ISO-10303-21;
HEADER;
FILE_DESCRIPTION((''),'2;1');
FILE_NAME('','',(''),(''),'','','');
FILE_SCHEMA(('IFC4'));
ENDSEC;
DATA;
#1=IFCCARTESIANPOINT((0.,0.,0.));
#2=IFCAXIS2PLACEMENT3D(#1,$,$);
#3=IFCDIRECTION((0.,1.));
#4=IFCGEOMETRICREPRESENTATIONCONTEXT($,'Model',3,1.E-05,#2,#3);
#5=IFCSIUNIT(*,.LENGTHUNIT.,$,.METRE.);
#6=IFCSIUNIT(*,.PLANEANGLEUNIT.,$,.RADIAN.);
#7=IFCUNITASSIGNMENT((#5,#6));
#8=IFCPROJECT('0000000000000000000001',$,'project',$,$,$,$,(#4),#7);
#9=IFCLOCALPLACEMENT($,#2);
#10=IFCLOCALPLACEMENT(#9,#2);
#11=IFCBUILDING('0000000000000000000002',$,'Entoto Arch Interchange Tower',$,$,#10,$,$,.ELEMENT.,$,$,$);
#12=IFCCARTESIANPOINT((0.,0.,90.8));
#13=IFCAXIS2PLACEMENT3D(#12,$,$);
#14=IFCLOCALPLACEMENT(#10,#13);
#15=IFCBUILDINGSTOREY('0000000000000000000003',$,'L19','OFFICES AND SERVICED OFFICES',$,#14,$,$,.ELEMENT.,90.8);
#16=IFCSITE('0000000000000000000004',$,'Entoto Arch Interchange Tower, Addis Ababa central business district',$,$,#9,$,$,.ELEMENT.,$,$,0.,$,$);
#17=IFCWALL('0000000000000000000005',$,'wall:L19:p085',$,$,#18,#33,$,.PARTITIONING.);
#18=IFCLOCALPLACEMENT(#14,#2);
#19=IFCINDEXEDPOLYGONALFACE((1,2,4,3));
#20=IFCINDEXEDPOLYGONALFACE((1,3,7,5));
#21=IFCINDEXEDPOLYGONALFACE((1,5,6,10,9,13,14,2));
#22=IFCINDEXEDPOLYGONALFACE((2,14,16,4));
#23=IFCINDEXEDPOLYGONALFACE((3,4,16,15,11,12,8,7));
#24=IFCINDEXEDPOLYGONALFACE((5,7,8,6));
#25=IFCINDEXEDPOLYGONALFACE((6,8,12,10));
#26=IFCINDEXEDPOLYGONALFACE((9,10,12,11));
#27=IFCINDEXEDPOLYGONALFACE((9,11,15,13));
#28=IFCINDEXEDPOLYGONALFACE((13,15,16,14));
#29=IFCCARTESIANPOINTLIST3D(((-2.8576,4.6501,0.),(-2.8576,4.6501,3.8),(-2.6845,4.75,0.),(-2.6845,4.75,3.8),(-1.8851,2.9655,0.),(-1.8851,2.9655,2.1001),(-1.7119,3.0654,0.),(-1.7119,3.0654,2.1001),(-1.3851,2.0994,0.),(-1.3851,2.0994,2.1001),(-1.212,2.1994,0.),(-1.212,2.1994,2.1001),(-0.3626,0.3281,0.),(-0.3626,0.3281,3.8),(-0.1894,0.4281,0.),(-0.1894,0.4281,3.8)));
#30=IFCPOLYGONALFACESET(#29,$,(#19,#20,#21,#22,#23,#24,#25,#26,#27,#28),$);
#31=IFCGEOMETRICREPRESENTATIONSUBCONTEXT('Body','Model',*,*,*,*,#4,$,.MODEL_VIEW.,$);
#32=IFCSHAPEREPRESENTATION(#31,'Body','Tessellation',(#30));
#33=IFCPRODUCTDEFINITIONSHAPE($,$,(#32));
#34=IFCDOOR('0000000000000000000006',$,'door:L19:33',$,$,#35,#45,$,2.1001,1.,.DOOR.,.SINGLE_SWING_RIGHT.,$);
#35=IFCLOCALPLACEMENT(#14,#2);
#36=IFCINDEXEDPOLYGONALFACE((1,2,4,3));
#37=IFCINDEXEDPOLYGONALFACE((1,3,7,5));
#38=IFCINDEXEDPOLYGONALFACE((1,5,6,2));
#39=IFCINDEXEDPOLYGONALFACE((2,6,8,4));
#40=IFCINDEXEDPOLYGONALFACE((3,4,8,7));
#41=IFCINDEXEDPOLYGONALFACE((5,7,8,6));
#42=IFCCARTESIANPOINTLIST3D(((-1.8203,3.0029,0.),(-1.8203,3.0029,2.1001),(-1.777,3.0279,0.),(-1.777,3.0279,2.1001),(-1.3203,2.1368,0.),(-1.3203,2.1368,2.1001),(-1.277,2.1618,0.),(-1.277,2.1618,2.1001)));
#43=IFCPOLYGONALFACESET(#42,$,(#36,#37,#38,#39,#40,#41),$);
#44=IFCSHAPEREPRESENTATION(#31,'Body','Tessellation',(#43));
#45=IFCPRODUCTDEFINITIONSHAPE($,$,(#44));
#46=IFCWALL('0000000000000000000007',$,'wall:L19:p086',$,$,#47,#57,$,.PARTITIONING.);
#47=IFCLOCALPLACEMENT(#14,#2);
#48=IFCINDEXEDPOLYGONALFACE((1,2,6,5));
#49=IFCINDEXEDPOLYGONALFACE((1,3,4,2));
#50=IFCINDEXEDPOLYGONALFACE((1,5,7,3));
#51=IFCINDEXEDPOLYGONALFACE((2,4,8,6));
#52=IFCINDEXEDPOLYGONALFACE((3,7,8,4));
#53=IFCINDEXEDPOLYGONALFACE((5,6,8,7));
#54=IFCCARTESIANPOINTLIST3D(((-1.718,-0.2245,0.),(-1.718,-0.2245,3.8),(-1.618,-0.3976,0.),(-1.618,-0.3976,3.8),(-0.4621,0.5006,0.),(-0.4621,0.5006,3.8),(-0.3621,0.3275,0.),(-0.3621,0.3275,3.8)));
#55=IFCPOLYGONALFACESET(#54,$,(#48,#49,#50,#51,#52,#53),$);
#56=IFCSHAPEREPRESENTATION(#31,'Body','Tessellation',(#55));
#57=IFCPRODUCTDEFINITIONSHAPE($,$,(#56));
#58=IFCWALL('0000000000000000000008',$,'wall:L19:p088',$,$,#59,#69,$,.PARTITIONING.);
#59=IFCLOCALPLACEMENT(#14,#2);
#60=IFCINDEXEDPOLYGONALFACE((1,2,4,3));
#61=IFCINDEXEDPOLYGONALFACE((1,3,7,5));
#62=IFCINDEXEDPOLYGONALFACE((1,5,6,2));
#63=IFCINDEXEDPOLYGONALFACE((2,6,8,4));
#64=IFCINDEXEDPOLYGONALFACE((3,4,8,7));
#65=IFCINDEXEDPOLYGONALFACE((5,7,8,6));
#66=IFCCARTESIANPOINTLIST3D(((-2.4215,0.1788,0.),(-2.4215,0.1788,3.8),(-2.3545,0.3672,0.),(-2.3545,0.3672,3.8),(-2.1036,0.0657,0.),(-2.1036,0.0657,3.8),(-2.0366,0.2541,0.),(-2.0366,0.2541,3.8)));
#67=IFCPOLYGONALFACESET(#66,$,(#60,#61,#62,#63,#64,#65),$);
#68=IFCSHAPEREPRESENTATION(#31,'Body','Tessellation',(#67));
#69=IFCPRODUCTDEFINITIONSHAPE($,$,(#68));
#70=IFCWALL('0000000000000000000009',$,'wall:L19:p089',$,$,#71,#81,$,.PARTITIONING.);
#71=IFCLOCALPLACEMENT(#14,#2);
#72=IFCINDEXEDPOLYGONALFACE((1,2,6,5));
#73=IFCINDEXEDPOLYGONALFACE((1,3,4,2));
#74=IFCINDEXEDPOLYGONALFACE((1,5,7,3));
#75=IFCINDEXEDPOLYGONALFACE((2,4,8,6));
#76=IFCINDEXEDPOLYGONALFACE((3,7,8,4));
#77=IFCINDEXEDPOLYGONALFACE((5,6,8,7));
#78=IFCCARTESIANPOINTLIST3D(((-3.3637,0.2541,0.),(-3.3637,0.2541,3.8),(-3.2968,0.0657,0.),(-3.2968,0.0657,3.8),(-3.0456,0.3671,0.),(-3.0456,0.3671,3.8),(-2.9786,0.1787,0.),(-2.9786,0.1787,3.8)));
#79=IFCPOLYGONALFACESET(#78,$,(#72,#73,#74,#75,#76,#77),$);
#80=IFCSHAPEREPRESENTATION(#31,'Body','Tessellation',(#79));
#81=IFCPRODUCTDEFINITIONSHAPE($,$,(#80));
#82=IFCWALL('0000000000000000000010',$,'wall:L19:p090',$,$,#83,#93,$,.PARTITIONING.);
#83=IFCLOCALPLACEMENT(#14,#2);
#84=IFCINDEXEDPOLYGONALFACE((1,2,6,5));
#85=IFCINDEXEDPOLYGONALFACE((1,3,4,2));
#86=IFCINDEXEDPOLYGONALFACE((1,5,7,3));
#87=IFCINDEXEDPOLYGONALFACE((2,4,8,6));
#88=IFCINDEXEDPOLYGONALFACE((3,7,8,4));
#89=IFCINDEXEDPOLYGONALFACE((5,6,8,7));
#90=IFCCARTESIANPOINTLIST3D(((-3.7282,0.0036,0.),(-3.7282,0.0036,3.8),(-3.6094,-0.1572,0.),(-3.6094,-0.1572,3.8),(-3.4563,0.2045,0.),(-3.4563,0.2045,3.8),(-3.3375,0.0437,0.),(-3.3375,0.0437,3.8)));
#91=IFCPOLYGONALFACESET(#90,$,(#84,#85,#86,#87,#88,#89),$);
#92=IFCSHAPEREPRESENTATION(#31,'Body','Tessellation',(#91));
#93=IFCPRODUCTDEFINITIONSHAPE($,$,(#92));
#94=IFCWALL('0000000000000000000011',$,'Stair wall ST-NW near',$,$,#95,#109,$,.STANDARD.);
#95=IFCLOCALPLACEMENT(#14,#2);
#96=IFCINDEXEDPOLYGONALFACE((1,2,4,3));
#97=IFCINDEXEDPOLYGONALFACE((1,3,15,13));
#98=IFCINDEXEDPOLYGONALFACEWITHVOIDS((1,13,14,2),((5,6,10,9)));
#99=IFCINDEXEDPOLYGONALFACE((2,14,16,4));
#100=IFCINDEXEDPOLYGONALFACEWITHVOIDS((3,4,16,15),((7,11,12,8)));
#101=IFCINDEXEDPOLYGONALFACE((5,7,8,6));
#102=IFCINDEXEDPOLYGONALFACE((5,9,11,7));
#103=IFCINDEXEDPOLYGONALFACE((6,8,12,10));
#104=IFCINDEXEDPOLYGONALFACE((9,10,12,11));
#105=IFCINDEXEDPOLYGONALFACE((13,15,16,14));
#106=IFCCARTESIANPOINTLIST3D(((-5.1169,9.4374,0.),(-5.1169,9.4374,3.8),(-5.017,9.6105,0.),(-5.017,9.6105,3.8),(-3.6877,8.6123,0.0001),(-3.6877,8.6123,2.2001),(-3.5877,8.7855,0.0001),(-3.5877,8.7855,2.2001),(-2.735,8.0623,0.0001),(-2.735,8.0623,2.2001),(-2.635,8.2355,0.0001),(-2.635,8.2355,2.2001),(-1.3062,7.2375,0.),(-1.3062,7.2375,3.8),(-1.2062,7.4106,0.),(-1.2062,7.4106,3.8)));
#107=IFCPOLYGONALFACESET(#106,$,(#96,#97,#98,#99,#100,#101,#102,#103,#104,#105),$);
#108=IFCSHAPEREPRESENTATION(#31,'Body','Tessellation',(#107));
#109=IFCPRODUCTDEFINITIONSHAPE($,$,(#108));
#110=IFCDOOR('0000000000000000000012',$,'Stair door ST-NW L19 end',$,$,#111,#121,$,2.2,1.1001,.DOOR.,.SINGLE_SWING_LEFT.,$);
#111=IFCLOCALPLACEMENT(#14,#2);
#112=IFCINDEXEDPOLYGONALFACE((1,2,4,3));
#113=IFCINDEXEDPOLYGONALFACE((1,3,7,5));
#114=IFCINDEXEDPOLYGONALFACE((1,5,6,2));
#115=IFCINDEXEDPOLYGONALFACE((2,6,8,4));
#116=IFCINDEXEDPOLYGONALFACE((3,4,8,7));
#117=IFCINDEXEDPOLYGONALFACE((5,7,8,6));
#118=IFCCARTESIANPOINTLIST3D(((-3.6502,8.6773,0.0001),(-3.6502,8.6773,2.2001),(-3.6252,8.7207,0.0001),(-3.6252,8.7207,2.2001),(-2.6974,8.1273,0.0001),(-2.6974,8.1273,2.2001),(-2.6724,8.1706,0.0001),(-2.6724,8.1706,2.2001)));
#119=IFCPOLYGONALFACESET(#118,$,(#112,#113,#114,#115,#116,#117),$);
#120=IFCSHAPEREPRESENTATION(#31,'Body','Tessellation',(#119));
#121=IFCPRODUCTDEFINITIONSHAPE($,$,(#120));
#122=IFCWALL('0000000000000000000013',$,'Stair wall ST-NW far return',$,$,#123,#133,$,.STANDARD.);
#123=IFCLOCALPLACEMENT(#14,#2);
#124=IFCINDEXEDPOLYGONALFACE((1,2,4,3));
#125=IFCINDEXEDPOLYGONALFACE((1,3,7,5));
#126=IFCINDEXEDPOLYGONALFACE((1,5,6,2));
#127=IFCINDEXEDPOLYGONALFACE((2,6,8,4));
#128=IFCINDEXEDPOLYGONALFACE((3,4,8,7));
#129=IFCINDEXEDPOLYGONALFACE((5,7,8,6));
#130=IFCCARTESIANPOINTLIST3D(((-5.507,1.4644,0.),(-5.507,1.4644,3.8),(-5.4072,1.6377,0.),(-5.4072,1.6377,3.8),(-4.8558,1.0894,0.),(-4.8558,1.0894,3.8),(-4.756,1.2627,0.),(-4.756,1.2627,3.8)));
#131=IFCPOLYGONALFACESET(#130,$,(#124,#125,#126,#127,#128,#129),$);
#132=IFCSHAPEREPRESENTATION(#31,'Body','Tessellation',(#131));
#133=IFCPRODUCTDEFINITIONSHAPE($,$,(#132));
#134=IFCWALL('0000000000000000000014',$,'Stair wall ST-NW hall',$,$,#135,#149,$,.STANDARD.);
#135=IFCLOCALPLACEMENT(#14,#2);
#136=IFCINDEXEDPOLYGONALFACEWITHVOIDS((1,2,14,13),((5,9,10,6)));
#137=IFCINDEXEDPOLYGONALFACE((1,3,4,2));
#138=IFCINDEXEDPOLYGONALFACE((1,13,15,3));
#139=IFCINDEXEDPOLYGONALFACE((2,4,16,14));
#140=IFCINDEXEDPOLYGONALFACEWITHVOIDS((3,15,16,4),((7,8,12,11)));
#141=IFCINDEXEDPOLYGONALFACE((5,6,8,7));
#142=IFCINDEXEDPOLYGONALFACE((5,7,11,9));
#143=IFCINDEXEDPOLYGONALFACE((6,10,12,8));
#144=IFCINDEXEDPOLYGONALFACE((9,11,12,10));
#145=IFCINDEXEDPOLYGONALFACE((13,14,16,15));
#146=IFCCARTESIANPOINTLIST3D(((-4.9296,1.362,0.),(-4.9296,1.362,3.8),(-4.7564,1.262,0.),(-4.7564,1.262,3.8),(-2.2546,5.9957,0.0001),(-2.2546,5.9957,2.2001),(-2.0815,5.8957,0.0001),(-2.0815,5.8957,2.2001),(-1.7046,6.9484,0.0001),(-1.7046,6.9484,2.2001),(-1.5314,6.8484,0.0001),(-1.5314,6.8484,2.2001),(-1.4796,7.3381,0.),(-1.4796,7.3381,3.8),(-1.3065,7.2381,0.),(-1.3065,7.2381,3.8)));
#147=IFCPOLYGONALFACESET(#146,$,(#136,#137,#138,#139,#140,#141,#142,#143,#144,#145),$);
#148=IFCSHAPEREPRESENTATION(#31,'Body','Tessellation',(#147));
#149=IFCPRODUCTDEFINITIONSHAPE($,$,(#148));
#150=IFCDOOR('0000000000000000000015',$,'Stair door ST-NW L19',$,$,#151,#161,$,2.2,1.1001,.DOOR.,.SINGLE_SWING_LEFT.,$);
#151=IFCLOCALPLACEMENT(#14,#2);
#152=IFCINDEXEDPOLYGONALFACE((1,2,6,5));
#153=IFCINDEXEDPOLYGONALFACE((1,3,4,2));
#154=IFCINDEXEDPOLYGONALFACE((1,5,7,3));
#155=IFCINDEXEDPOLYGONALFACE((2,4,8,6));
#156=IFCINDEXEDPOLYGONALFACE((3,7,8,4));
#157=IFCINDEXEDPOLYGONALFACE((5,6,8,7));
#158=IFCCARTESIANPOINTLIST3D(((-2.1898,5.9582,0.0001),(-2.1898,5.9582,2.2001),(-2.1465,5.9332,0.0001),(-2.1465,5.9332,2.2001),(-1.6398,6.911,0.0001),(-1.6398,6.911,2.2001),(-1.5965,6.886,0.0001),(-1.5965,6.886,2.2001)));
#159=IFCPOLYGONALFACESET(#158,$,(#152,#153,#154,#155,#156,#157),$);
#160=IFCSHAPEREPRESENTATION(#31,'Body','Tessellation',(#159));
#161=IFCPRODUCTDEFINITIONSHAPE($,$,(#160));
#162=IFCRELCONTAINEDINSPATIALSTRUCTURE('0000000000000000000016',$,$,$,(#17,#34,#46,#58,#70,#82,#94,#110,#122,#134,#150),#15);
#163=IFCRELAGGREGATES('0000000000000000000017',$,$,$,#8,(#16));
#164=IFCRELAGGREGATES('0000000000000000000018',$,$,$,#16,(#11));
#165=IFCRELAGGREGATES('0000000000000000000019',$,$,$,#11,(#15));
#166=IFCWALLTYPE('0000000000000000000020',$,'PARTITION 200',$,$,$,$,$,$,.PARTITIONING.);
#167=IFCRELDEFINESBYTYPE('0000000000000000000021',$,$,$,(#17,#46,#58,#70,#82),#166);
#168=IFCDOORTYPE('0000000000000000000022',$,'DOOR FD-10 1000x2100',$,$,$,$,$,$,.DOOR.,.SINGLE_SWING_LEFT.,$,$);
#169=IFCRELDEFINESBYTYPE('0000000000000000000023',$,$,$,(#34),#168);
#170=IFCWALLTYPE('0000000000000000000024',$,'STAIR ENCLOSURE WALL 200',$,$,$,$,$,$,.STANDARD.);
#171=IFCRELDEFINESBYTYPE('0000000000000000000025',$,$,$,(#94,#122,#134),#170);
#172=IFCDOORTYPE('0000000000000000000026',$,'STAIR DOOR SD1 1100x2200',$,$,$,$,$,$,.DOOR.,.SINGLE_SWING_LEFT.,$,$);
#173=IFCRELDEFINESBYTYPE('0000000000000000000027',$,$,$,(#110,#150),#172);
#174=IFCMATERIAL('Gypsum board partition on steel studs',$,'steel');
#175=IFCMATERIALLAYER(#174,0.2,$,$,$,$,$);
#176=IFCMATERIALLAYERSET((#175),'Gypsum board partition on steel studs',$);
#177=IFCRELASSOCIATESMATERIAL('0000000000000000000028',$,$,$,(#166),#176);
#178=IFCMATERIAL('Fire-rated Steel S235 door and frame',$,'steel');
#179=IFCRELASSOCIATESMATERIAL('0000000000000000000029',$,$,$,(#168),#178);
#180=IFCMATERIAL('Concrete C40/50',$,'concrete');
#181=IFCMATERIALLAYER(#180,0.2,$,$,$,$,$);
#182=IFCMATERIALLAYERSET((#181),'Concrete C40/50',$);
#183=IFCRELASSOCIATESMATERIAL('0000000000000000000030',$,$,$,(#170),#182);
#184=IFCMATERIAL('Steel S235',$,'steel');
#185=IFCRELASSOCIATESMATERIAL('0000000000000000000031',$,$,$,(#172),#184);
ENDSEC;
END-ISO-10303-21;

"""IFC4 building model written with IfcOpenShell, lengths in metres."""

from ifc_helpers import new_model, si_unit, direction, frame, frame_2d, origin, place, context, subcontext, project, spatial, rectangle, extrude, material, layer, layer_set, type_object, element, fill, save


model = new_model("IFC4")

# Units and contexts
model_context = context("Model", 3, precision=1e-05, world=origin(), true_north=direction((0.0, 1.0)))
body_context = subcontext(model_context, "Body", "Model", "MODEL_VIEW")
ifc_project = project(units=[si_unit("LENGTHUNIT", "METRE"), si_unit("PLANEANGLEUNIT", "RADIAN")], contexts=[model_context])

# Site, building, storey
site_placement = place(None, origin())
site = spatial("IfcSite", under=ifc_project, at=site_placement, Name="Entoto Arch Interchange Tower, Addis Ababa central business district", CompositionType="ELEMENT", RefElevation=0.0)
building_placement = place(site_placement, origin())
building = spatial("IfcBuilding", under=site, at=building_placement, Name="Entoto Arch Interchange Tower", CompositionType="ELEMENT")
storey_placement = place(building_placement, frame((0.0, 0.0, 90.8)))
storey = spatial("IfcBuildingStorey", under=building, at=storey_placement, Name="L19", Description="OFFICES AND SERVICED OFFICES", CompositionType="ELEMENT", Elevation=90.8)

# Wall, opening, door
ifc_material_1 = material(Name="Gypsum board partition on steel studs", Category="steel")
ifc_layer_1 = layer(ifc_material_1, 0.2)
ifc_layer_set_1 = layer_set([ifc_layer_1], Name="Gypsum board partition on steel studs")
wall_type_1 = type_object("IfcWallType", Name="PARTITION 200", PredefinedType="PARTITIONING", material=ifc_layer_set_1)
wall_1_placement = place(storey_placement, frame((-2.771, 4.7, 0.0), z_axis=(0.0, 0.0, 1.0), x_axis=(0.499969, -0.866043, 0.0)))
wall_1 = element("IfcWall", 1, at=wall_1_placement, inside=storey, type_object=wall_type_1, Name="wall:L19:p085", PredefinedType="PARTITIONING", context=body_context, shape_type="SweptSolid", body=[
    extrude(rectangle(XDim=4.9905, YDim=0.2, at=frame_2d((2.4951, 0.0))), origin(), (0.0, 0.0, 1.0), 3.8),
])
opening_1_placement = place(wall_1_placement, frame((1.9451, 0.0, 0.0)))
opening_1 = element("IfcOpeningElement", 2, at=opening_1_placement, cuts=wall_1, PredefinedType="OPENING", context=body_context, shape_type="SweptSolid", body=[
    extrude(rectangle(XDim=1.0, YDim=2.1001, at=frame_2d((0.5, 1.05))), frame((0.0, 0.1099, 0.0), z_axis=(0.0, -1.0, 0.0), x_axis=(1.0, 0.0, 0.0)), (0.0, 0.0, 1.0), 0.22),
])
ifc_material_2 = material(Name="Fire-rated Steel S235 door and frame", Category="steel")
door_type_1 = type_object("IfcDoorType", Name="DOOR FD-10 1000x2100", OperationType="SINGLE_SWING_LEFT", PredefinedType="DOOR", material=ifc_material_2)
door_1_placement = place(opening_1_placement, origin())
door_1 = element("IfcDoor", 3, at=door_1_placement, inside=storey, type_object=door_type_1, Name="door:L19:33", OperationType="SINGLE_SWING_RIGHT", OverallHeight=2.1001, OverallWidth=1.0, PredefinedType="DOOR", context=body_context, shape_type="SweptSolid", body=[
    extrude(rectangle(XDim=1.0, YDim=2.1001, at=frame_2d((0.5, 1.05))), frame((0.0, 0.0249, 0.0), z_axis=(0.0, -1.0, 0.0), x_axis=(1.0, 0.0, 0.0)), (0.0, 0.0, 1.0), 0.05),
])
fill(opening_1, door_1)

# Walls
wall_2_placement = place(storey_placement, frame((-0.4121, 0.4141, 0.0), z_axis=(0.0, 0.0, 1.0), x_axis=(-0.866017, -0.500014, 0.0)))
element("IfcWall", 4, at=wall_2_placement, inside=storey, type_object=wall_type_1, Name="wall:L19:p086", PredefinedType="PARTITIONING", context=body_context, shape_type="SweptSolid", body=[
    extrude(rectangle(XDim=1.4502, YDim=0.2, at=frame_2d((0.7251, 0.0))), origin(), (0.0, 0.0, 1.0), 3.8),
])
wall_3_placement = place(storey_placement, frame((-2.0701, 0.1599, 0.0), z_axis=(0.0, 0.0, 1.0), x_axis=(-0.942199, 0.335052, 0.0)))
element("IfcWall", 5, at=wall_3_placement, inside=storey, type_object=wall_type_1, Name="wall:L19:p088", PredefinedType="PARTITIONING", context=body_context, shape_type="SweptSolid", body=[
    extrude(rectangle(XDim=0.3374, YDim=0.2, at=frame_2d((0.1687, 0.0))), origin(), (0.0, 0.0, 1.0), 3.8),
])
wall_4_placement = place(storey_placement, frame((-3.012, 0.2729, 0.0), z_axis=(0.0, 0.0, 1.0), x_axis=(-0.942281, -0.334824, 0.0)))
element("IfcWall", 6, at=wall_4_placement, inside=storey, type_object=wall_type_1, Name="wall:L19:p089", PredefinedType="PARTITIONING", context=body_context, shape_type="SweptSolid", body=[
    extrude(rectangle(XDim=0.3376, YDim=0.2, at=frame_2d((0.1689, 0.0))), origin(), (0.0, 0.0, 1.0), 3.8),
])
wall_5_placement = place(storey_placement, frame((-3.397, 0.124, 0.0), z_axis=(0.0, 0.0, 1.0), x_axis=(-0.804311, -0.594208, 0.0)))
element("IfcWall", 7, at=wall_5_placement, inside=storey, type_object=wall_type_1, Name="wall:L19:p090", PredefinedType="PARTITIONING", context=body_context, shape_type="SweptSolid", body=[
    extrude(rectangle(XDim=0.3381, YDim=0.2, at=frame_2d((0.1689, 0.0))), origin(), (0.0, 0.0, 1.0), 3.8),
])

# Wall, opening, door
ifc_material_3 = material(Name="Concrete C40/50", Category="concrete")
ifc_layer_2 = layer(ifc_material_3, 0.2)
ifc_layer_set_2 = layer_set([ifc_layer_2], Name="Concrete C40/50")
wall_type_2 = type_object("IfcWallType", Name="STAIR ENCLOSURE WALL 200", PredefinedType="STANDARD", material=ifc_layer_set_2)
wall_6_placement = place(storey_placement, frame((-1.2561, 7.324, 0.0), z_axis=(0.0, 0.0, 1.0), x_axis=(-0.866046, 0.499964, 0.0)))
wall_6 = element("IfcWall", 8, at=wall_6_placement, inside=storey, type_object=wall_type_2, Name="Stair wall ST-NW near", PredefinedType="STANDARD", context=body_context, shape_type="SweptSolid", body=[
    extrude(rectangle(XDim=4.4001, YDim=0.2, at=frame_2d((2.2002, 0.0))), origin(), (0.0, 0.0, 1.0), 3.8),
])
opening_2_placement = place(wall_6_placement, frame((1.6499, 0.0, 0.0)))
opening_2 = element("IfcOpeningElement", 9, at=opening_2_placement, cuts=wall_6, PredefinedType="OPENING", context=body_context, shape_type="SweptSolid", body=[
    extrude(rectangle(XDim=1.1001, YDim=2.2, at=frame_2d((0.55, 1.1001))), frame((0.0, 0.1099, 0.0), z_axis=(0.0, -1.0, 0.0), x_axis=(1.0, 0.0, 0.0)), (0.0, 0.0, 1.0), 0.22),
])
ifc_material_4 = material(Name="Steel S235", Category="steel")
door_type_2 = type_object("IfcDoorType", Name="STAIR DOOR SD1 1100x2200", OperationType="SINGLE_SWING_LEFT", PredefinedType="DOOR", material=ifc_material_4)
door_2_placement = place(opening_2_placement, origin())
door_2 = element("IfcDoor", 10, at=door_2_placement, inside=storey, type_object=door_type_2, Name="Stair door ST-NW L19 end", OperationType="SINGLE_SWING_LEFT", OverallHeight=2.2, OverallWidth=1.1001, PredefinedType="DOOR", context=body_context, shape_type="SweptSolid", body=[
    extrude(rectangle(XDim=1.1001, YDim=2.2, at=frame_2d((0.55, 1.1001))), frame((0.0, 0.0249, 0.0), z_axis=(0.0, -1.0, 0.0), x_axis=(1.0, 0.0, 0.0)), (0.0, 0.0, 1.0), 0.05),
])
fill(opening_2, door_2)

# Wall
wall_7_placement = place(storey_placement, frame((-4.8059, 1.176, 0.0), z_axis=(0.0, 0.0, 1.0), x_axis=(-0.866559, 0.499075, 0.0)))
element("IfcWall", 11, at=wall_7_placement, inside=storey, type_object=wall_type_2, Name="Stair wall ST-NW far return", PredefinedType="STANDARD", context=body_context, shape_type="SweptSolid", body=[
    extrude(rectangle(XDim=0.7515, YDim=0.2, at=frame_2d((0.3757, 0.0))), origin(), (0.0, 0.0, 1.0), 3.8),
])

# Wall, opening, door
wall_8_placement = place(storey_placement, frame((-1.3931, 7.2881, 0.0), z_axis=(0.0, 0.0, 1.0), x_axis=(-0.499963, -0.866047, 0.0)))
wall_8 = element("IfcWall", 12, at=wall_8_placement, inside=storey, type_object=wall_type_2, Name="Stair wall ST-NW hall", PredefinedType="STANDARD", context=body_context, shape_type="SweptSolid", body=[
    extrude(rectangle(XDim=6.9004, YDim=0.2, at=frame_2d((3.4502, 0.0))), origin(), (0.0, 0.0, 1.0), 3.8),
])
opening_3_placement = place(wall_8_placement, frame((0.45, 0.0, 0.0)))
opening_3 = element("IfcOpeningElement", 13, at=opening_3_placement, cuts=wall_8, PredefinedType="OPENING", context=body_context, shape_type="SweptSolid", body=[
    extrude(rectangle(XDim=1.1001, YDim=2.2, at=frame_2d((0.55, 1.1001))), frame((0.0, 0.1099, 0.0), z_axis=(0.0, -1.0, 0.0), x_axis=(1.0, 0.0, 0.0)), (0.0, 0.0, 1.0), 0.22),
])
door_3_placement = place(opening_3_placement, origin())
door_3 = element("IfcDoor", 14, at=door_3_placement, inside=storey, type_object=door_type_2, Name="Stair door ST-NW L19", OperationType="SINGLE_SWING_LEFT", OverallHeight=2.2, OverallWidth=1.1001, PredefinedType="DOOR", context=body_context, shape_type="SweptSolid", body=[
    extrude(rectangle(XDim=1.1001, YDim=2.2, at=frame_2d((0.55, 1.1001))), frame((0.0, 0.0249, 0.0), z_axis=(0.0, -1.0, 0.0), x_axis=(1.0, 0.0, 0.0)), (0.0, 0.0, 1.0), 0.05),
])
fill(opening_3, door_3)

save(model, "model.ifc")
